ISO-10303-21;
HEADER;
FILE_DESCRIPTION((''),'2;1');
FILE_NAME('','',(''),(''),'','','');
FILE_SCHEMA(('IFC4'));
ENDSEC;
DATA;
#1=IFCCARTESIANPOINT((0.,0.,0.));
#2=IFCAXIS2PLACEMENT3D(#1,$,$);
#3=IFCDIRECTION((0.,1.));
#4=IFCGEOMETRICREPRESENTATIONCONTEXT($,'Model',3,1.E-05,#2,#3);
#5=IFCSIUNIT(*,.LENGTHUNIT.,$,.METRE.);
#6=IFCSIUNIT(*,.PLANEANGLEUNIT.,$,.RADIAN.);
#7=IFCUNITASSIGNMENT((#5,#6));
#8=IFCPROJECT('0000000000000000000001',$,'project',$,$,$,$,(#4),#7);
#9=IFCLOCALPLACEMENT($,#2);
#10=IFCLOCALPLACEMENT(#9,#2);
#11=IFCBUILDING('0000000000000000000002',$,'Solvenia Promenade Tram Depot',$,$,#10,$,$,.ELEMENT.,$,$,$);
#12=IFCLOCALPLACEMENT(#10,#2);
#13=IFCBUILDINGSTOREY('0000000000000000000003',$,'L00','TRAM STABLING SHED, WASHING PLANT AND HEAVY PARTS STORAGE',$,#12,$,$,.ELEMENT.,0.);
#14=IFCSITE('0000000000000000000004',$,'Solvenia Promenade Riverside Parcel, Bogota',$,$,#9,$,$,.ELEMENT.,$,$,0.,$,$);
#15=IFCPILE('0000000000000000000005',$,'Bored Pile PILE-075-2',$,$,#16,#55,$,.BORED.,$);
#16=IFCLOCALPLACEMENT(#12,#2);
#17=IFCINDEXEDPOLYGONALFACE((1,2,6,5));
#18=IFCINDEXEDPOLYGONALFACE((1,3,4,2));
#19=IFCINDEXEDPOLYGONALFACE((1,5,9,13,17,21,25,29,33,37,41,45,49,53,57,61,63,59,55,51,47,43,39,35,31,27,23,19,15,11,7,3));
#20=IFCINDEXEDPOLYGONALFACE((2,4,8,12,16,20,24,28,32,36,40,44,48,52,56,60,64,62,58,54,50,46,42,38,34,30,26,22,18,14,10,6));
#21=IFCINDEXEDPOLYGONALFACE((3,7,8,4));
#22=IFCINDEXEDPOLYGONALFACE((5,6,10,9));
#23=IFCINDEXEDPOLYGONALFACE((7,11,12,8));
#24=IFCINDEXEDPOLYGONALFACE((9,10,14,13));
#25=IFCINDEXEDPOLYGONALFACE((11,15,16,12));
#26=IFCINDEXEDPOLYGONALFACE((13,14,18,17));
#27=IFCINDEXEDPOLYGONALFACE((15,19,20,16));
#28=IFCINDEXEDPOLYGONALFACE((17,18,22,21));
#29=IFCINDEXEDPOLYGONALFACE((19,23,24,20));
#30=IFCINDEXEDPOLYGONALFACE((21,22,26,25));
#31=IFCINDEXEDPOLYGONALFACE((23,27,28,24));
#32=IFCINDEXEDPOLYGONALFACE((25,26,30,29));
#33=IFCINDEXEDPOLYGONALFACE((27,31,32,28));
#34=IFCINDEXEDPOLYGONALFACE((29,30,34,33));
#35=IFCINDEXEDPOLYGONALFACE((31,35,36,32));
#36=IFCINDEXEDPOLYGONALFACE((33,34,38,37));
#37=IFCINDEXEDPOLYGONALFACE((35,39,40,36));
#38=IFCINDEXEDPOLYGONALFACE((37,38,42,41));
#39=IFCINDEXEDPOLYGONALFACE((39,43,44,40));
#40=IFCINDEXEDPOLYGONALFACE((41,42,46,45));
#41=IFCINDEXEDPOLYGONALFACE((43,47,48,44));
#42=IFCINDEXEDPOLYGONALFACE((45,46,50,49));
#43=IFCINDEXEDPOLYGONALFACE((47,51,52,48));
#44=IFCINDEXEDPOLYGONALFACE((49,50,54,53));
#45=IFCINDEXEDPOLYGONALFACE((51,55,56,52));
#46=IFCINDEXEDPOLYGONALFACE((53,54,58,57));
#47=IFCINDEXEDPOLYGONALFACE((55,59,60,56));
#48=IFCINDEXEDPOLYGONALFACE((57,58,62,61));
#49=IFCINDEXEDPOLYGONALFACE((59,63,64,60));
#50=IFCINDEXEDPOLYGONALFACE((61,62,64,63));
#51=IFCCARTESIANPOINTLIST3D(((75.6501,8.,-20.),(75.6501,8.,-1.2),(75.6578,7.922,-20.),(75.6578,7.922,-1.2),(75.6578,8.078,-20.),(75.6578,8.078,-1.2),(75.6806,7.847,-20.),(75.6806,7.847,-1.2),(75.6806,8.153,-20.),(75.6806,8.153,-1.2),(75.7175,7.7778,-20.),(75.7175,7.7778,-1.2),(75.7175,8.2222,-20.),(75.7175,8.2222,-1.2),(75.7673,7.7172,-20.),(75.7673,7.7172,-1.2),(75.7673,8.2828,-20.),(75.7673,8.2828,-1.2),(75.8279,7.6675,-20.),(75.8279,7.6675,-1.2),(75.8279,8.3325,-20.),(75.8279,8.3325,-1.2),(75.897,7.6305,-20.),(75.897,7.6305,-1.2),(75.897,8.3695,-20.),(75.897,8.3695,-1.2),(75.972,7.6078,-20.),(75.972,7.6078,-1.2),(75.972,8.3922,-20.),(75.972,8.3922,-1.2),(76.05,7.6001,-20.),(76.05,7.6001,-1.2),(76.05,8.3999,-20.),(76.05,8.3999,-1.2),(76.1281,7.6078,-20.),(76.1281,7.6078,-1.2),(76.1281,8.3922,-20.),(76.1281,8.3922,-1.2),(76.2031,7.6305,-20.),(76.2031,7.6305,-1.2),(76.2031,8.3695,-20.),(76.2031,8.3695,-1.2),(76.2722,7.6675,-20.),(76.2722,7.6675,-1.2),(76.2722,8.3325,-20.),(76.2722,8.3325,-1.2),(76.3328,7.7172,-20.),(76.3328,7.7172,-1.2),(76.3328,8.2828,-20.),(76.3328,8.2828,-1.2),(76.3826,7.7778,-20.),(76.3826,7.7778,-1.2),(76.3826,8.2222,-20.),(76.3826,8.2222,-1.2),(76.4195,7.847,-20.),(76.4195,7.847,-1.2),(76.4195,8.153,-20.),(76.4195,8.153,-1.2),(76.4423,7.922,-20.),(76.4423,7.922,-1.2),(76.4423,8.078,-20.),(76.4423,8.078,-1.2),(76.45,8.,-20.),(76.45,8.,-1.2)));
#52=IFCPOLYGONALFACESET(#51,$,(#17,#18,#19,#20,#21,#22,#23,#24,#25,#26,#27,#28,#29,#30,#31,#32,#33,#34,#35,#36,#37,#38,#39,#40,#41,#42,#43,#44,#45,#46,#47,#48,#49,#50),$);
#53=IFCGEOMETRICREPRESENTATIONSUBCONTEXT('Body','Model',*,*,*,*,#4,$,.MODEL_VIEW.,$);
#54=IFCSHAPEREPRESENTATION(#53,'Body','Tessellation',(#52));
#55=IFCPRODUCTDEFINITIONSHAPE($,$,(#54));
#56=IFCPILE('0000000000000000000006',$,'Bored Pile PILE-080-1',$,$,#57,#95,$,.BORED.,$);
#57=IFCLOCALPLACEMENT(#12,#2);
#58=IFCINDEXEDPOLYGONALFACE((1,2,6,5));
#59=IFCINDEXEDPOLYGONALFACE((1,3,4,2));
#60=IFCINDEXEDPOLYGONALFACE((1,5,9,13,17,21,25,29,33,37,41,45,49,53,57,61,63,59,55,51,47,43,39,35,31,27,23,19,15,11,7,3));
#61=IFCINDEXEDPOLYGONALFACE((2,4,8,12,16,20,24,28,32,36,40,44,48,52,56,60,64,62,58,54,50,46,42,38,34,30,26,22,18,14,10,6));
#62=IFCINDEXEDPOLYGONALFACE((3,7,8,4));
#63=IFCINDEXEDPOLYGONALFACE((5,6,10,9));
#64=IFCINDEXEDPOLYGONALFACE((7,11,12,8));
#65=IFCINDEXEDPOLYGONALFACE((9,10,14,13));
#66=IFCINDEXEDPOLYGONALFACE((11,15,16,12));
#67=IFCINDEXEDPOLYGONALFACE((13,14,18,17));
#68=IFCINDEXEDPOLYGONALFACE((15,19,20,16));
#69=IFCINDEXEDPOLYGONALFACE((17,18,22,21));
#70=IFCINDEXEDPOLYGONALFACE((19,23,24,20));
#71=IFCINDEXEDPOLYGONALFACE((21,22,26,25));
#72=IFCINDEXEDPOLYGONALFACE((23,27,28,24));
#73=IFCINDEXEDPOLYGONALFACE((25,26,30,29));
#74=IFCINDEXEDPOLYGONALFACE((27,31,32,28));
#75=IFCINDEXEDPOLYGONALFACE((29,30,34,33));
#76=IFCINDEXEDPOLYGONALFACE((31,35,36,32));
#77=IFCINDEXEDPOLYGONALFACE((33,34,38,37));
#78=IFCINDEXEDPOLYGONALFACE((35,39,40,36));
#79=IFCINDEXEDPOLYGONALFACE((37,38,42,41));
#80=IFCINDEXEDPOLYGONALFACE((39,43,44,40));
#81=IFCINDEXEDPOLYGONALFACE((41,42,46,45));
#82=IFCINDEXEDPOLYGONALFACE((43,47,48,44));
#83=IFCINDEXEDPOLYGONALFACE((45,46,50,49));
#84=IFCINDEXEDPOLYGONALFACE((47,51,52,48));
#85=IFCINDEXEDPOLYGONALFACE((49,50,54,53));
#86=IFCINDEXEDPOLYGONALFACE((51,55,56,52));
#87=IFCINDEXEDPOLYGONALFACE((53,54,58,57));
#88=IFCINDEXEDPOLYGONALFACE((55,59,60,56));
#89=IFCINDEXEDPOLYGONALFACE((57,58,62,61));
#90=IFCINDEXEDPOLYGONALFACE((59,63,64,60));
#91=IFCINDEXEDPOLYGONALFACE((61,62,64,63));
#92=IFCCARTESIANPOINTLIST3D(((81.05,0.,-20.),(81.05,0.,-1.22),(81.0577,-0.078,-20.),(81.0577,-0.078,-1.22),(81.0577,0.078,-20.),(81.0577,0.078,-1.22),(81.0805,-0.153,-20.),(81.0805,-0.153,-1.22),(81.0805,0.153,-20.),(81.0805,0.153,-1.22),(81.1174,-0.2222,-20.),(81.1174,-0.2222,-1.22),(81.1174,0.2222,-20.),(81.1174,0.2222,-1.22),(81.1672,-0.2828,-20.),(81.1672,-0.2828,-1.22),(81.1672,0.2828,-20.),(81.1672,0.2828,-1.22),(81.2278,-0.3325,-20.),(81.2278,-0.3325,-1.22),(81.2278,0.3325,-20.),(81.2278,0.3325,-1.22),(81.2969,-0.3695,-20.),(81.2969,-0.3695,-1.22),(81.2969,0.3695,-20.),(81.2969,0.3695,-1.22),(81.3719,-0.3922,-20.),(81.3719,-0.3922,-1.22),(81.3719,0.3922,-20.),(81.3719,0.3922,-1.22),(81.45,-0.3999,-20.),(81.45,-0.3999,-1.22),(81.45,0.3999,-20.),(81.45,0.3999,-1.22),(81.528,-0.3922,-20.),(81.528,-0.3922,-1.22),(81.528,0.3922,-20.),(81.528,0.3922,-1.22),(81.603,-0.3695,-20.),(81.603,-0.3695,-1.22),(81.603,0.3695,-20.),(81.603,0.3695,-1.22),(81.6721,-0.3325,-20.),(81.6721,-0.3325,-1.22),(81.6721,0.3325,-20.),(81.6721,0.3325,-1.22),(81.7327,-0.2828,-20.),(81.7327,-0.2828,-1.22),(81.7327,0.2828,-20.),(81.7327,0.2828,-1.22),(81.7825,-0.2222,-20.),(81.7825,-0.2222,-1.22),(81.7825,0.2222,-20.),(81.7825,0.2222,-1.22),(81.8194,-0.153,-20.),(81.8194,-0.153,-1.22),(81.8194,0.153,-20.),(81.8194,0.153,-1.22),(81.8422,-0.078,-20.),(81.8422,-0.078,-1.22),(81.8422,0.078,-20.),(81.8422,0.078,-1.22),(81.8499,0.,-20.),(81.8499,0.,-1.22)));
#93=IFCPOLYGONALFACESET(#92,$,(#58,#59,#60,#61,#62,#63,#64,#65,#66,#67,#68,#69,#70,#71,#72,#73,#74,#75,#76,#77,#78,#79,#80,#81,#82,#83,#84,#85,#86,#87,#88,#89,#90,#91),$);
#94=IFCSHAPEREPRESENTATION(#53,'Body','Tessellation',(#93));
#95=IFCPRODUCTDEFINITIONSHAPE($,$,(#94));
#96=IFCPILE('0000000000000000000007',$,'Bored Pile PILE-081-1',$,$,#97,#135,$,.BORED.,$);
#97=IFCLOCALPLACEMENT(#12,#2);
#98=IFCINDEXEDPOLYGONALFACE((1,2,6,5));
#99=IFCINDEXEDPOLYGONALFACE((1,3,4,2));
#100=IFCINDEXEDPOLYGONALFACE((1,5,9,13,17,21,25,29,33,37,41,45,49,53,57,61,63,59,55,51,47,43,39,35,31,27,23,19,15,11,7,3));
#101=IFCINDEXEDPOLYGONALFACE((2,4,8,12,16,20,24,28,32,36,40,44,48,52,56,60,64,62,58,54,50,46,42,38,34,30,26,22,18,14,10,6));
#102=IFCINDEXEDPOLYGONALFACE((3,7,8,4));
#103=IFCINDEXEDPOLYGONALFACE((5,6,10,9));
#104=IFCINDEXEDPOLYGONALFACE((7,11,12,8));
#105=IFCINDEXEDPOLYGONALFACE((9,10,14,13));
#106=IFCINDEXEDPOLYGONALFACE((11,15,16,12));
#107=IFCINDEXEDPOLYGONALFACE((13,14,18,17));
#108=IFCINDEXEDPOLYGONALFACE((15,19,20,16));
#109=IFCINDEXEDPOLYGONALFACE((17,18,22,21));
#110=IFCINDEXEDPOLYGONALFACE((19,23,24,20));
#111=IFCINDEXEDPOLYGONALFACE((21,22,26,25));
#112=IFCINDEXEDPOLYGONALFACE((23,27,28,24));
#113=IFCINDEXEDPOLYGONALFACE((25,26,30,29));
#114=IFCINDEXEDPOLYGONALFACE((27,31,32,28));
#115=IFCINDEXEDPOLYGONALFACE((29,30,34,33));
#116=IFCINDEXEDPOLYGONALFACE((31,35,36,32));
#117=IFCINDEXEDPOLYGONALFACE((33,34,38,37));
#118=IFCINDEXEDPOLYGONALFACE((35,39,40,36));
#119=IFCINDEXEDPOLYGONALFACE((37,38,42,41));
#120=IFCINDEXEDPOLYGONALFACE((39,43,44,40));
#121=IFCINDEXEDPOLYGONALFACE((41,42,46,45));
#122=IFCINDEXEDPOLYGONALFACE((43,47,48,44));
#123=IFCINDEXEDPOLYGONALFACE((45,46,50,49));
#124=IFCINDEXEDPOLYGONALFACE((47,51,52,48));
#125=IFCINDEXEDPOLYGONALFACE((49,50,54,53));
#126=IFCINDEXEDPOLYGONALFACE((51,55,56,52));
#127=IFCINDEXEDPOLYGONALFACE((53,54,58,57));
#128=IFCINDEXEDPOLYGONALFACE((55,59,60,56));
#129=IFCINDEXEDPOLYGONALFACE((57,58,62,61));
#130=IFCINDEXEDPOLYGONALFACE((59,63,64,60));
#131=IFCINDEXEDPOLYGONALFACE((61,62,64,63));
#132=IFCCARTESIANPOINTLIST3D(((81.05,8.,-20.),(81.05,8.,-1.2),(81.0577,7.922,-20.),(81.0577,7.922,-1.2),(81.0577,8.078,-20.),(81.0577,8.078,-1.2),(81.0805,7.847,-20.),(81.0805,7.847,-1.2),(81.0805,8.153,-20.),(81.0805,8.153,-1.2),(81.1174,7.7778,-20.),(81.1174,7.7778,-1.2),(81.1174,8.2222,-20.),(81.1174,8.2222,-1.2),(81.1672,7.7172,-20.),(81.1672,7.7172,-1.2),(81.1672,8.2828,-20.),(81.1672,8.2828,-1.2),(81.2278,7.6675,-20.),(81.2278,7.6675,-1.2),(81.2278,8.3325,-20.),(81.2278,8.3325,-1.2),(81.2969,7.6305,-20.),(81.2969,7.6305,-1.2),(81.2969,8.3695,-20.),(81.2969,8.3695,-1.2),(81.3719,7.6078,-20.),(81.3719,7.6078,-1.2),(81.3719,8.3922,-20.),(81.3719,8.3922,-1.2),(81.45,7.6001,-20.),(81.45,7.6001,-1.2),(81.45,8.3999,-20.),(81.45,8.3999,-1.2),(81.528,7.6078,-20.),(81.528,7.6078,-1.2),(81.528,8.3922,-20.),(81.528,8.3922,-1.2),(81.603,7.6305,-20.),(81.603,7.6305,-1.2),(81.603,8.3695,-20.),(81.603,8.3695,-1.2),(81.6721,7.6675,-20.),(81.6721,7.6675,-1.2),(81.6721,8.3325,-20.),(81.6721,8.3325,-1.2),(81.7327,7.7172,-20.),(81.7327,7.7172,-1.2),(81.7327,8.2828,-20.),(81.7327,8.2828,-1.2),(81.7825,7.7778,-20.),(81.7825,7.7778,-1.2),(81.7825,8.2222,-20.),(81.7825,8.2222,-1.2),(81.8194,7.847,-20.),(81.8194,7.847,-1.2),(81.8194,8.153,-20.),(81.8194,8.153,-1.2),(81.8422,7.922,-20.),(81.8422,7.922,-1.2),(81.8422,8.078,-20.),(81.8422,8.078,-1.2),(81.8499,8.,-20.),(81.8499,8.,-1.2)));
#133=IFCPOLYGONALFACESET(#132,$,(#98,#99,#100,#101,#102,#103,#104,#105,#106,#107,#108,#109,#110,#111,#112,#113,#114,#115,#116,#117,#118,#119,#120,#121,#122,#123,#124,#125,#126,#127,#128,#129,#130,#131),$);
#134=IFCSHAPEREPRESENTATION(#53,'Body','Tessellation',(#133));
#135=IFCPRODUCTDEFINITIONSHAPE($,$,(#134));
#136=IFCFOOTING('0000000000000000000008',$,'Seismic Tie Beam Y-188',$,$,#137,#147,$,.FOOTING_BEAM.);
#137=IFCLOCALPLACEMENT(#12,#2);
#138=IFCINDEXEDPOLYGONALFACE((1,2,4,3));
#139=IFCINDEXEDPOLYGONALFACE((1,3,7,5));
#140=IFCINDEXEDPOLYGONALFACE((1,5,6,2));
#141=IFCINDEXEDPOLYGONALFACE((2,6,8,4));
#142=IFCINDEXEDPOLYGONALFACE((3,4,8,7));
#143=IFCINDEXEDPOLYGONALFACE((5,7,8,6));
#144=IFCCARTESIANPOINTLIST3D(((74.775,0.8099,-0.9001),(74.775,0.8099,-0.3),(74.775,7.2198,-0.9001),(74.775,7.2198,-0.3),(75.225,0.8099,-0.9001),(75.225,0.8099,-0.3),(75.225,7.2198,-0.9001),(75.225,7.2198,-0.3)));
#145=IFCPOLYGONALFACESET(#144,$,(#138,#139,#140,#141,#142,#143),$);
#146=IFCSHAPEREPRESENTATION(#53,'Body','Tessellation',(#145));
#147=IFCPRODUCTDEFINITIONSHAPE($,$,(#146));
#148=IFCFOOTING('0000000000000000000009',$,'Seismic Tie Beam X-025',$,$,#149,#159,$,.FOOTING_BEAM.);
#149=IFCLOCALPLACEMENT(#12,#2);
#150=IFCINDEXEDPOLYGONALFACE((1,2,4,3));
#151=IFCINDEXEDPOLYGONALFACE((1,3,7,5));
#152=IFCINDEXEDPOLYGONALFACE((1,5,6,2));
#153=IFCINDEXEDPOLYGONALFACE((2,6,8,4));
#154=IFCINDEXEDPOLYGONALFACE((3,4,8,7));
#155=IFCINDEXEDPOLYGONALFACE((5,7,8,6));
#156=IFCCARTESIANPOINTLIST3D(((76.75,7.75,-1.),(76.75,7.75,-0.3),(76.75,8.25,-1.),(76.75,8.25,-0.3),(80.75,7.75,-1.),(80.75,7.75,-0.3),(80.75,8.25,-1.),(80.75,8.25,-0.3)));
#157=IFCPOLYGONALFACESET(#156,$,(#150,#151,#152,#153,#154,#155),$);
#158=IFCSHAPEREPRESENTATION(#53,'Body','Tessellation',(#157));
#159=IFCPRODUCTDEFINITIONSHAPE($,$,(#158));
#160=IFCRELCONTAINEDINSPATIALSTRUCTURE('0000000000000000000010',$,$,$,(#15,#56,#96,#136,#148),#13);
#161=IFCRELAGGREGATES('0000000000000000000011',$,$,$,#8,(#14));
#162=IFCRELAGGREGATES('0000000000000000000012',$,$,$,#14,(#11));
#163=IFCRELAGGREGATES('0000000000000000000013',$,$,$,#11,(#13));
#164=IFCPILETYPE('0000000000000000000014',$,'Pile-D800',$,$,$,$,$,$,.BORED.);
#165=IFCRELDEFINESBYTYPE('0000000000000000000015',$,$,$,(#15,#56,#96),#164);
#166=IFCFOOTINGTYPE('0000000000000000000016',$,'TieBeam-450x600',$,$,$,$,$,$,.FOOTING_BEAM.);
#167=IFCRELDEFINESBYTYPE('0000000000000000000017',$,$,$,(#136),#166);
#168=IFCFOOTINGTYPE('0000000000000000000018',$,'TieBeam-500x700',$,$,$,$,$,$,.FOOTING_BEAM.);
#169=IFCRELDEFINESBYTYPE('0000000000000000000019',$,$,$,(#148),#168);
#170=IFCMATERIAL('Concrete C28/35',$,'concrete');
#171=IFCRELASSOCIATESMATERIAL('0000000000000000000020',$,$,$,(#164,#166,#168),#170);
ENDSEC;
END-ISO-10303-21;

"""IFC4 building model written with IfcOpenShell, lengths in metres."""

from ifc_helpers import new_model, si_unit, direction, frame, origin, origin_2d, place, context, subcontext, project, spatial, rectangle, circle, extrude, material, material_profile, profile_set, type_object, element, save


model = new_model("IFC4")

# Units and contexts
model_context = context("Model", 3, precision=1e-05, world=origin(), true_north=direction((0.0, 1.0)))
body_context = subcontext(model_context, "Body", "Model", "MODEL_VIEW")
ifc_project = project(units=[si_unit("LENGTHUNIT", "METRE"), si_unit("PLANEANGLEUNIT", "RADIAN")], contexts=[model_context])

# Site, building, storey
site_placement = place(None, origin())
site = spatial("IfcSite", under=ifc_project, at=site_placement, Name="Solvenia Promenade Riverside Parcel, Bogota", CompositionType="ELEMENT", RefElevation=0.0)
building_placement = place(site_placement, origin())
building = spatial("IfcBuilding", under=site, at=building_placement, Name="Solvenia Promenade Tram Depot", CompositionType="ELEMENT")
storey_placement = place(building_placement, origin())
storey = spatial("IfcBuildingStorey", under=building, at=storey_placement, Name="L00", Description="TRAM STABLING SHED, WASHING PLANT AND HEAVY PARTS STORAGE", CompositionType="ELEMENT", Elevation=0.0)

# Shared definitions
ifc_material_1 = material(Name="Concrete C28/35", Category="concrete")

# Piles
ifc_material_profile_1 = material_profile(ifc_material_1, circle(Radius=0.3999, at=origin_2d()), Name="D800", Category="concrete")
ifc_profile_set_1 = profile_set([ifc_material_profile_1], Name="Concrete C28/35")
pile_type_1 = type_object("IfcPileType", Name="Pile-D800", PredefinedType="BORED", material=ifc_profile_set_1)
for number, where, z_axis, x_axis, name in (
    (1, (76.05, 8.0, -1.2), (0.0, 0.0, -1.0), (1.0, 0.0, 0.0), "Bored Pile PILE-075-2"),
):
    element("IfcPile", number, at=place(storey_placement, frame(where, z_axis=z_axis, x_axis=x_axis)), inside=storey, type_object=pile_type_1, Name=name, PredefinedType="BORED", context=body_context, shape_type="SweptSolid", body=[
        extrude(circle(Radius=0.3999, at=origin_2d()), origin(), (0.0, 0.0, 1.0), 18.8),
    ])
pile_1_placement = place(storey_placement, frame((81.45, 0.0, -1.22), z_axis=(0.0, 0.0, -1.0), x_axis=(1.0, 0.0, 0.0)))
element("IfcPile", 2, at=pile_1_placement, inside=storey, type_object=pile_type_1, Name="Bored Pile PILE-080-1", PredefinedType="BORED", context=body_context, shape_type="SweptSolid", body=[
    extrude(circle(Radius=0.3999, at=origin_2d()), origin(), (0.0, 0.0, 1.0), 18.78),
])
pile_2_placement = place(storey_placement, frame((81.45, 8.0, -1.2), z_axis=(0.0, 0.0, -1.0), x_axis=(1.0, 0.0, 0.0)))
element("IfcPile", 3, at=pile_2_placement, inside=storey, type_object=pile_type_1, Name="Bored Pile PILE-081-1", PredefinedType="BORED", context=body_context, shape_type="SweptSolid", body=[
    extrude(circle(Radius=0.3999, at=origin_2d()), origin(), (0.0, 0.0, 1.0), 18.8),
])

# Footings
footing_type_1 = type_object("IfcFootingType", Name="TieBeam-450x600", PredefinedType="FOOTING_BEAM", material=ifc_material_1)
footing_1_placement = place(storey_placement, frame((75.0, 4.0149, -0.9001), z_axis=(0.0, 0.0, 1.0), x_axis=(1.0, 0.0, 0.0)))
element("IfcFooting", 4, at=footing_1_placement, inside=storey, type_object=footing_type_1, Name="Seismic Tie Beam Y-188", PredefinedType="FOOTING_BEAM", context=body_context, shape_type="SweptSolid", body=[
    extrude(rectangle(XDim=0.45, YDim=6.4099, at=origin_2d()), origin(), (0.0, 0.0, 1.0), 0.6001),
])
footing_type_2 = type_object("IfcFootingType", Name="TieBeam-500x700", PredefinedType="FOOTING_BEAM", material=ifc_material_1)
footing_2_placement = place(storey_placement, frame((78.75, 8.0, -1.0), z_axis=(0.0, 0.0, 1.0), x_axis=(1.0, 0.0, 0.0)))
element("IfcFooting", 5, at=footing_2_placement, inside=storey, type_object=footing_type_2, Name="Seismic Tie Beam X-025", PredefinedType="FOOTING_BEAM", context=body_context, shape_type="SweptSolid", body=[
    extrude(rectangle(XDim=4.0, YDim=0.5, at=origin_2d()), origin(), (0.0, 0.0, 1.0), 0.7),
])

save(model, "model.ifc")
